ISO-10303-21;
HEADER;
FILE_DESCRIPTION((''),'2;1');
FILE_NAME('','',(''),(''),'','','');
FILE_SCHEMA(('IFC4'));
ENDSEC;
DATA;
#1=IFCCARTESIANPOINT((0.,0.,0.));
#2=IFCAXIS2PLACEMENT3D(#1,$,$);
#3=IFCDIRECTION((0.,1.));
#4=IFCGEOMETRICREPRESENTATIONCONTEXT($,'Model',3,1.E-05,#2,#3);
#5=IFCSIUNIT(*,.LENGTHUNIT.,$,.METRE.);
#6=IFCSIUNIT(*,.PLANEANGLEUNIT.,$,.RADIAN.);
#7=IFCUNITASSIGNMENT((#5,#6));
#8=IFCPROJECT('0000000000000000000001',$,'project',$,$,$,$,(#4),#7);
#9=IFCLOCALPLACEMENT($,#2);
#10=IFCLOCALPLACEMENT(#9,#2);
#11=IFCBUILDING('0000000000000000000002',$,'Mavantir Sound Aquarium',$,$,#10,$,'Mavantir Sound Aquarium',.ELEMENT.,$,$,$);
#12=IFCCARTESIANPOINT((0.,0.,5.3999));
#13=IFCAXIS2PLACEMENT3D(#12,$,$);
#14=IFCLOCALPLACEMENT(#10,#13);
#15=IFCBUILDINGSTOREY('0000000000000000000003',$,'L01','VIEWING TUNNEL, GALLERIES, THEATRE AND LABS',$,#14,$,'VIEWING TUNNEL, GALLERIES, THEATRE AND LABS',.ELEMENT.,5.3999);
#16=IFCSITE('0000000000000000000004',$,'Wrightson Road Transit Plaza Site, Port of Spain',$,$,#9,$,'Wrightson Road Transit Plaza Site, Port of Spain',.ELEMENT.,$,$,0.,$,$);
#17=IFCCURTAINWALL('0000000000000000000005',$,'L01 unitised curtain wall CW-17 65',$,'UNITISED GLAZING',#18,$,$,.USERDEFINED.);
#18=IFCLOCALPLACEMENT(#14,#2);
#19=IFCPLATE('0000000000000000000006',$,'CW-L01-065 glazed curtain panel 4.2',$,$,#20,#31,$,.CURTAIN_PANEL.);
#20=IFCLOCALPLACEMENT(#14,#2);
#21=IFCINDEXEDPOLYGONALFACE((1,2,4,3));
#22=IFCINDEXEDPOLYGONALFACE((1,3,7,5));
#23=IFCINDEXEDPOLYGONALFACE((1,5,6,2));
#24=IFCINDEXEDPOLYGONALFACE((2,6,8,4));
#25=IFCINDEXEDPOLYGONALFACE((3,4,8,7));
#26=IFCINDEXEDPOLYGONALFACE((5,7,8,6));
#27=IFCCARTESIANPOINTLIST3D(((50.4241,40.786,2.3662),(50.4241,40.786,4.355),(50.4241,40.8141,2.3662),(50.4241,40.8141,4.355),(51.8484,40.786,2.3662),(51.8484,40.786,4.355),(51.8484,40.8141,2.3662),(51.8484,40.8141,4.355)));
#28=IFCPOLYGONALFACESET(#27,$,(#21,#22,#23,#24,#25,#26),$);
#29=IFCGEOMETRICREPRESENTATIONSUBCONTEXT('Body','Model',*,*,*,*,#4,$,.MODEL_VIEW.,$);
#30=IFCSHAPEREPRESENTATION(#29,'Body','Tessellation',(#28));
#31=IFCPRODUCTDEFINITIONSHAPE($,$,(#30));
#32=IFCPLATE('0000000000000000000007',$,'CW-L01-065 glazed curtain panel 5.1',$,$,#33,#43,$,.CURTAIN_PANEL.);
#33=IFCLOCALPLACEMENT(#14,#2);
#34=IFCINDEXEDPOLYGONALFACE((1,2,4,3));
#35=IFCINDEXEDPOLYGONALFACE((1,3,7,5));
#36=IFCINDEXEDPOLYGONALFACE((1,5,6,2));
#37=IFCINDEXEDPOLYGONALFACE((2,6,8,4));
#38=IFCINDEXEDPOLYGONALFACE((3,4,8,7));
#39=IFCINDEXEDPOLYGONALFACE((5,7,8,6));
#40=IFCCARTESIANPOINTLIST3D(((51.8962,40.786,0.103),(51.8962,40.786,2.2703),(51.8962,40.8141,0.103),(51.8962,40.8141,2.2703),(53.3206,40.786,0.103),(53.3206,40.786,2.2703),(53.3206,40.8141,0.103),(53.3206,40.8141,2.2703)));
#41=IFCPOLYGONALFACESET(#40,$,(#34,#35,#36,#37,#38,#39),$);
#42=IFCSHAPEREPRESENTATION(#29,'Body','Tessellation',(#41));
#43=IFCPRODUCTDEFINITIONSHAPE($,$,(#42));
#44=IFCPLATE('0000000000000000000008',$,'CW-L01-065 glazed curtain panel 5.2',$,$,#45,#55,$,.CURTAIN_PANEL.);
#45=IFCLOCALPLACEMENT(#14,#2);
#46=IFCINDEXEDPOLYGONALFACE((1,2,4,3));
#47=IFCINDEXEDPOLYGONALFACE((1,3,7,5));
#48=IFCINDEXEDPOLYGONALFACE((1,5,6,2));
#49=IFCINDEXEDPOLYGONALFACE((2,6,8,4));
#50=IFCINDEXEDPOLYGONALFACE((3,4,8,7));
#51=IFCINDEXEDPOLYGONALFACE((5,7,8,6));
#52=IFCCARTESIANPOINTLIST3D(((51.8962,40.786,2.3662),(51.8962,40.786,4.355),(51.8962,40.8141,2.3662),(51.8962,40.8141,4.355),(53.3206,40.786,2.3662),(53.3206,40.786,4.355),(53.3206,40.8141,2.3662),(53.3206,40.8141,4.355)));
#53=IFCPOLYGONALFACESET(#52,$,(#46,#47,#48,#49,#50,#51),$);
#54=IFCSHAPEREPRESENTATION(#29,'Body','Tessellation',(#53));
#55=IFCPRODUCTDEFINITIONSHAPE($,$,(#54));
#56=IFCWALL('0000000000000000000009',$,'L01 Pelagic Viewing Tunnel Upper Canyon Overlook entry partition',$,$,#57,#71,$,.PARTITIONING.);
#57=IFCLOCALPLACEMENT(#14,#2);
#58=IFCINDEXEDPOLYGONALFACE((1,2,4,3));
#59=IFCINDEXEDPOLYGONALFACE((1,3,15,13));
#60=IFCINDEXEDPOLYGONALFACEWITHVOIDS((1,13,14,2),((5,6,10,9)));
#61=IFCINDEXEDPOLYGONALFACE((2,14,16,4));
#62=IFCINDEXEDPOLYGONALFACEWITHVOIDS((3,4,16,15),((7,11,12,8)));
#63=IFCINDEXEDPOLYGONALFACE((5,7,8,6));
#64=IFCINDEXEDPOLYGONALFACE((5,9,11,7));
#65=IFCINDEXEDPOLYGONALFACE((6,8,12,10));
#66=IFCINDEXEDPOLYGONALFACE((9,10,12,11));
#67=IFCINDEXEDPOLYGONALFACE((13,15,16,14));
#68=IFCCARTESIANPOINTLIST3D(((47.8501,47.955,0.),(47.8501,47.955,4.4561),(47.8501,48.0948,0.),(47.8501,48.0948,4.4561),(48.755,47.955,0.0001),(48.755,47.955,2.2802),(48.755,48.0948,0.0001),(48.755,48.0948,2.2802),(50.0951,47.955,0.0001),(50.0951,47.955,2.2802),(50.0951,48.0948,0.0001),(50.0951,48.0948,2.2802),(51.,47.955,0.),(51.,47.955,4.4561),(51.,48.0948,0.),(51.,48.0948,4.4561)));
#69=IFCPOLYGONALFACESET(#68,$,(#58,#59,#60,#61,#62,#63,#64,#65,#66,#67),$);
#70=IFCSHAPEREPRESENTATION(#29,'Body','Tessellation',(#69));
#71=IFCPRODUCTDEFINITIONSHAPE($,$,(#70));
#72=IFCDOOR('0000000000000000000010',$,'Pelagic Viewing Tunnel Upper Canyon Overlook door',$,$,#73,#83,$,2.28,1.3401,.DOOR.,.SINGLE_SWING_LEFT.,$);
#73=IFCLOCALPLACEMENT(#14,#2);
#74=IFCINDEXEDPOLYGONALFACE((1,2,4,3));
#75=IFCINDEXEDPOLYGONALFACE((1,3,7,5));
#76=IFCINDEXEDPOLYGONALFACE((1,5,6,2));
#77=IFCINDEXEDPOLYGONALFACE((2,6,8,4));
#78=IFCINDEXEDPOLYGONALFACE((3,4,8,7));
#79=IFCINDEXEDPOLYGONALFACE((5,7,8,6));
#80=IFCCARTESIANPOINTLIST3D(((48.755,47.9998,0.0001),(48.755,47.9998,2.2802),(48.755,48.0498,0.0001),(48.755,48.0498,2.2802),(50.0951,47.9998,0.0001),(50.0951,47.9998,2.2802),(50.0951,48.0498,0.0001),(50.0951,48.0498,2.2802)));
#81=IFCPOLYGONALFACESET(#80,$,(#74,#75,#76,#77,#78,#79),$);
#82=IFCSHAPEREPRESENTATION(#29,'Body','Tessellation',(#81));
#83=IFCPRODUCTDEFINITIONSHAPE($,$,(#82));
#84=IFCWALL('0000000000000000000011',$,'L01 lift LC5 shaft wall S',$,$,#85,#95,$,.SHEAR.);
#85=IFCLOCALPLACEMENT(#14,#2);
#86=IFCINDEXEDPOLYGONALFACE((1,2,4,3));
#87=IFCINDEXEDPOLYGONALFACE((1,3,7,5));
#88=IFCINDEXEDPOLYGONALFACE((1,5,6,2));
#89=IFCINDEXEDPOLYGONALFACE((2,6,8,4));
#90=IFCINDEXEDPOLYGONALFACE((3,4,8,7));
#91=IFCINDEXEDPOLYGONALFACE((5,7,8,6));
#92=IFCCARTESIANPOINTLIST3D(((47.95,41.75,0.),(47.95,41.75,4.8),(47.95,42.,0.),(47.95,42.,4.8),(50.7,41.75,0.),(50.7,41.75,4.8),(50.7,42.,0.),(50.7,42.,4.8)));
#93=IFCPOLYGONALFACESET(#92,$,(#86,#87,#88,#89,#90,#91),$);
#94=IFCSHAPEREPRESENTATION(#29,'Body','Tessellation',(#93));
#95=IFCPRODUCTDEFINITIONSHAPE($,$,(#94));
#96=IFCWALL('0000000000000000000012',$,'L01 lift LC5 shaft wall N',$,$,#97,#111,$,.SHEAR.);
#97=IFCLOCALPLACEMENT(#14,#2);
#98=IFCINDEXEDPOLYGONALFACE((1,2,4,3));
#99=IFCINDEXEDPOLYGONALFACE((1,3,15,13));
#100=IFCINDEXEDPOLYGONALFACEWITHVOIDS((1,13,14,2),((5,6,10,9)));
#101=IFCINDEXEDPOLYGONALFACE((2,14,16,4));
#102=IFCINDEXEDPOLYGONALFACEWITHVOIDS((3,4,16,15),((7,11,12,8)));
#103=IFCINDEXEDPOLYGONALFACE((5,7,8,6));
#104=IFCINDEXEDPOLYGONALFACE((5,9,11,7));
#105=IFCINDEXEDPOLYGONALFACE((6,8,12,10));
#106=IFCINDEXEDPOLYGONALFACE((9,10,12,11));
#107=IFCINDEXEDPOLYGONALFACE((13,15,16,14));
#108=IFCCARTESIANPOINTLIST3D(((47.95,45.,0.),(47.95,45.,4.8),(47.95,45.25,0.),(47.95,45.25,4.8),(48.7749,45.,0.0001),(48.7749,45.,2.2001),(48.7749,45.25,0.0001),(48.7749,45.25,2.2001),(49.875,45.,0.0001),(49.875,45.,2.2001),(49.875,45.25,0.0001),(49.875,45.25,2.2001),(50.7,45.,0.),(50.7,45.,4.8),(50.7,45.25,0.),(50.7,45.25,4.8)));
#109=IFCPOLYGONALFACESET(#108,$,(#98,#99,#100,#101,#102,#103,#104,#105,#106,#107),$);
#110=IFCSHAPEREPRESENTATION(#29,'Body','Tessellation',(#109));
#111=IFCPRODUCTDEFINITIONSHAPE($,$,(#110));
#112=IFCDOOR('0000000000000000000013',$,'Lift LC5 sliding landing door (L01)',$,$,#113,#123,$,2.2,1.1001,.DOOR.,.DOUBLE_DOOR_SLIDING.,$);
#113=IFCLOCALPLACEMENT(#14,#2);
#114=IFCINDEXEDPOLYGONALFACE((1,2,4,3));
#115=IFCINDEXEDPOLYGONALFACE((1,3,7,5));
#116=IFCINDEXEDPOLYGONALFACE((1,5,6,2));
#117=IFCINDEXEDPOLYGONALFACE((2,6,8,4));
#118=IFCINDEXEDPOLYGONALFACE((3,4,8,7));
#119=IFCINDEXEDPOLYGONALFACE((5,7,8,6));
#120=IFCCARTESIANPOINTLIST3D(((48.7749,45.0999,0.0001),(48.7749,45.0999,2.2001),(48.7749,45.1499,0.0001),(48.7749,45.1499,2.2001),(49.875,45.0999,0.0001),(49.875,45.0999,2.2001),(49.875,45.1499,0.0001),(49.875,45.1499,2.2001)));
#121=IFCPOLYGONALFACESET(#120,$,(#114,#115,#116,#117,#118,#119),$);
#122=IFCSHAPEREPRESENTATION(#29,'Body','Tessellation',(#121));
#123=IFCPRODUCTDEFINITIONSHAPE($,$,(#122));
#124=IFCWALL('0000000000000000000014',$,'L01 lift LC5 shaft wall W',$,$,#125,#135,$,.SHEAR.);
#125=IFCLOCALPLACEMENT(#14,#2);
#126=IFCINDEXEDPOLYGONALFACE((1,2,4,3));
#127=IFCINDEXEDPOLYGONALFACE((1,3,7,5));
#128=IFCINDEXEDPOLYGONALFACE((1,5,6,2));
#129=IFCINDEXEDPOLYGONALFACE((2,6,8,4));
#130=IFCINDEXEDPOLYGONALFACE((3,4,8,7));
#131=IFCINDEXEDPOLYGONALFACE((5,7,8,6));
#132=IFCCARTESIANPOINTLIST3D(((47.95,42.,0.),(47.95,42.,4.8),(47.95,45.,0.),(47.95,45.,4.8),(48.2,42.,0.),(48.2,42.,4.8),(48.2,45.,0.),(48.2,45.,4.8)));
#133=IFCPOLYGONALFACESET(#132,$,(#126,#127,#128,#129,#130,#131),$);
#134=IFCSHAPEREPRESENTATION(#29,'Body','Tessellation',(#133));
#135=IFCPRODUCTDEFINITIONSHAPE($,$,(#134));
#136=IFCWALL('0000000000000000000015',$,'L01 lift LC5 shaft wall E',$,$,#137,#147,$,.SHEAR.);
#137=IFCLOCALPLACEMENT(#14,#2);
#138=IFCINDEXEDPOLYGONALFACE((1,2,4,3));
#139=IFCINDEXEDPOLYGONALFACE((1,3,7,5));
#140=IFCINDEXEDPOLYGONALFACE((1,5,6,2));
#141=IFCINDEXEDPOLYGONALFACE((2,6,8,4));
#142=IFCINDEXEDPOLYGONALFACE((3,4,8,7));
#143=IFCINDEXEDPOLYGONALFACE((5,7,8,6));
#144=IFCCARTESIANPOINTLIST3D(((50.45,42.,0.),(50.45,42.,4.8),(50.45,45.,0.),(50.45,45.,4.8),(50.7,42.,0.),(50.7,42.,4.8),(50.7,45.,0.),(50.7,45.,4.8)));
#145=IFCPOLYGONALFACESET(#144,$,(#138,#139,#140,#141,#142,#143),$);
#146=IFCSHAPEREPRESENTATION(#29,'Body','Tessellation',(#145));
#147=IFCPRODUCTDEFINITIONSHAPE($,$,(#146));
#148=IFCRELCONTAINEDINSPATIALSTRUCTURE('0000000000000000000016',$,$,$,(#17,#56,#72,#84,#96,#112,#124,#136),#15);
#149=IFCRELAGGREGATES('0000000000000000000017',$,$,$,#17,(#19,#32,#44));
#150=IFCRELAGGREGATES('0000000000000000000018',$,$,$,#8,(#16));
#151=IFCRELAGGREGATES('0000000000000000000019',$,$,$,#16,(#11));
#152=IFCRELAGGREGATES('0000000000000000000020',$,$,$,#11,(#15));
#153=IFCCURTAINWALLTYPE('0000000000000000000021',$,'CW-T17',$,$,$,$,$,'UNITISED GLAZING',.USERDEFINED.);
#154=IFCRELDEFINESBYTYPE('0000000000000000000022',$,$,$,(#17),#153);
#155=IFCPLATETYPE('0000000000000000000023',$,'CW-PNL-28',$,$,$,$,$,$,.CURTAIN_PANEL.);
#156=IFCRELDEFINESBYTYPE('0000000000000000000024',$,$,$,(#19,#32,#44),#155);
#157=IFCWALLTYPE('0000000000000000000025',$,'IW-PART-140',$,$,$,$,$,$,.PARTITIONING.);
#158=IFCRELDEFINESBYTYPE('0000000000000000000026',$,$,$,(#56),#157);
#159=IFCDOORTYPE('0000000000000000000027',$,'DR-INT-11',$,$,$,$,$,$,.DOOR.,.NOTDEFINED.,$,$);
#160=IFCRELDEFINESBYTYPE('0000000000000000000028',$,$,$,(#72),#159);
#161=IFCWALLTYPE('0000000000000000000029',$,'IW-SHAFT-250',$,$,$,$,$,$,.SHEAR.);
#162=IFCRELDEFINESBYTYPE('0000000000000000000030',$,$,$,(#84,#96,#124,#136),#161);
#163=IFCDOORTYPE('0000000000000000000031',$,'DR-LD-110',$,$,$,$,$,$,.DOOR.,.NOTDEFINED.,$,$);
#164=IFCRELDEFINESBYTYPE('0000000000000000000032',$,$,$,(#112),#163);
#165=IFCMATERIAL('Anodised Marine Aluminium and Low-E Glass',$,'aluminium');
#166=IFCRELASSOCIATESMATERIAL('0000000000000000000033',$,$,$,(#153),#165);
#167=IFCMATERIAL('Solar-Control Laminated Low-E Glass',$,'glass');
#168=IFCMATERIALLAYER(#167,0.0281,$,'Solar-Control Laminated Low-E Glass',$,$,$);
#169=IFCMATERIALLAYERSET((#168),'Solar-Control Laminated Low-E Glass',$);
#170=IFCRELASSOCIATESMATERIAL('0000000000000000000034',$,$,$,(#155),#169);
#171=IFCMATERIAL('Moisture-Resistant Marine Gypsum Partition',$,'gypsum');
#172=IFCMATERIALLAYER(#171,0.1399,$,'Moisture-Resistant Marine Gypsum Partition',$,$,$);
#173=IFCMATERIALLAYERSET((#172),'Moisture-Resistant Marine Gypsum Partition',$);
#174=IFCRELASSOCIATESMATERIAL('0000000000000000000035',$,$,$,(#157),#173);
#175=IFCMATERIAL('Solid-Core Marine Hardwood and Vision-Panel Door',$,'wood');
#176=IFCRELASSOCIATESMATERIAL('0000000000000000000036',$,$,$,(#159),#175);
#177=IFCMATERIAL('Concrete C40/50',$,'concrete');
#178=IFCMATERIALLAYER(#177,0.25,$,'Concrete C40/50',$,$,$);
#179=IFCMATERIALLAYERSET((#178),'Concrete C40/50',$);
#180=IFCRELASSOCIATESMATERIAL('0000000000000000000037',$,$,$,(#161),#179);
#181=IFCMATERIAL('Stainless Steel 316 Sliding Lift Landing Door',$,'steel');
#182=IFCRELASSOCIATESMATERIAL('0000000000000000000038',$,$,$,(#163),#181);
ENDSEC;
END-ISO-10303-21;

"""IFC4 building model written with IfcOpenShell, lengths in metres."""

from ifc_helpers import new_model, si_unit, direction, frame, frame_2d, origin, origin_2d, place, context, subcontext, project, spatial, rectangle, extrude, material, layer, layer_set, type_object, element, fill, aggregate, save


model = new_model("IFC4")

# Units and contexts
model_context = context("Model", 3, precision=1e-05, world=origin(), true_north=direction((0.0, 1.0)))
body_context = subcontext(model_context, "Body", "Model", "MODEL_VIEW")
ifc_project = project(units=[si_unit("LENGTHUNIT", "METRE"), si_unit("PLANEANGLEUNIT", "RADIAN")], contexts=[model_context])

# Site, building, storey
site_placement = place(None, origin())
site = spatial("IfcSite", under=ifc_project, at=site_placement, Name="Wrightson Road Transit Plaza Site, Port of Spain", LongName="Wrightson Road Transit Plaza Site, Port of Spain", CompositionType="ELEMENT", RefElevation=0.0)
building_placement = place(site_placement, origin())
building = spatial("IfcBuilding", under=site, at=building_placement, Name="Mavantir Sound Aquarium", LongName="Mavantir Sound Aquarium", CompositionType="ELEMENT")
storey_placement = place(building_placement, frame((0.0, 0.0, 5.3999)))
storey = spatial("IfcBuildingStorey", under=building, at=storey_placement, Name="L01", Description="VIEWING TUNNEL, GALLERIES, THEATRE AND LABS", LongName="VIEWING TUNNEL, GALLERIES, THEATRE AND LABS", CompositionType="ELEMENT", Elevation=5.3999)

# Curtain wall, plates
ifc_material_1 = material(Name="Anodised Marine Aluminium and Low-E Glass", Category="aluminium")
curtain_wall_type = type_object("IfcCurtainWallType", Name="CW-T17", ElementType="UNITISED GLAZING", PredefinedType="USERDEFINED", material=ifc_material_1)
curtain_wall_placement = place(storey_placement, origin())
curtain_wall = element("IfcCurtainWall", 1, at=curtain_wall_placement, inside=storey, type_object=curtain_wall_type, Name="L01 unitised curtain wall CW-17 65", ObjectType="UNITISED GLAZING", PredefinedType="USERDEFINED")
ifc_material_2 = material(Name="Solar-Control Laminated Low-E Glass", Category="glass")
ifc_layer_1 = layer(ifc_material_2, 0.0281, Name="Solar-Control Laminated Low-E Glass")
ifc_layer_set_1 = layer_set([ifc_layer_1], Name="Solar-Control Laminated Low-E Glass")
plate_type = type_object("IfcPlateType", Name="CW-PNL-28", PredefinedType="CURTAIN_PANEL", material=ifc_layer_set_1)
plate_1_placement = place(storey_placement, frame((51.1362, 40.8, 2.3662), z_axis=(0.0, 0.0, 1.0), x_axis=(1.0, 0.0, 0.0)))
plate_1 = element("IfcPlate", 2, at=plate_1_placement, type_object=plate_type, Name="CW-L01-065 glazed curtain panel 4.2", PredefinedType="CURTAIN_PANEL", context=body_context, shape_type="SweptSolid", body=[
    extrude(rectangle(XDim=1.4243, YDim=0.0281, at=origin_2d()), origin(), (0.0, 0.0, 1.0), 1.9888),
])
plate_2_placement = place(storey_placement, frame((52.6084, 40.8, 0.103), z_axis=(0.0, 0.0, 1.0), x_axis=(1.0, 0.0, 0.0)))
plate_2 = element("IfcPlate", 3, at=plate_2_placement, type_object=plate_type, Name="CW-L01-065 glazed curtain panel 5.1", PredefinedType="CURTAIN_PANEL", context=body_context, shape_type="SweptSolid", body=[
    extrude(rectangle(XDim=1.4243, YDim=0.0281, at=origin_2d()), origin(), (0.0, 0.0, 1.0), 2.1672),
])
plate_3_placement = place(storey_placement, frame((52.6084, 40.8, 2.3662), z_axis=(0.0, 0.0, 1.0), x_axis=(1.0, 0.0, 0.0)))
plate_3 = element("IfcPlate", 4, at=plate_3_placement, type_object=plate_type, Name="CW-L01-065 glazed curtain panel 5.2", PredefinedType="CURTAIN_PANEL", context=body_context, shape_type="SweptSolid", body=[
    extrude(rectangle(XDim=1.4243, YDim=0.0281, at=origin_2d()), origin(), (0.0, 0.0, 1.0), 1.9888),
])
aggregate(curtain_wall, [plate_1, plate_2, plate_3])

# Wall, opening, door
ifc_material_3 = material(Name="Moisture-Resistant Marine Gypsum Partition", Category="gypsum")
ifc_layer_2 = layer(ifc_material_3, 0.1399, Name="Moisture-Resistant Marine Gypsum Partition")
ifc_layer_set_2 = layer_set([ifc_layer_2], Name="Moisture-Resistant Marine Gypsum Partition")
wall_type_1 = type_object("IfcWallType", Name="IW-PART-140", PredefinedType="PARTITIONING", material=ifc_layer_set_2)
wall_1_placement = place(storey_placement, frame((47.8501, 48.0249, 0.0), z_axis=(0.0, 0.0, 1.0), x_axis=(1.0, 0.0, 0.0)))
wall_1 = element("IfcWall", 5, at=wall_1_placement, inside=storey, type_object=wall_type_1, Name="L01 Pelagic Viewing Tunnel Upper Canyon Overlook entry partition", PredefinedType="PARTITIONING", context=body_context, shape_type="SweptSolid", body=[
    extrude(rectangle(XDim=3.1499, YDim=0.1399, at=frame_2d((1.575, 0.0))), origin(), (0.0, 0.0, 1.0), 4.4561),
])
opening_1_placement = place(wall_1_placement, frame((0.905, 0.0, 0.0)))
opening_1 = element("IfcOpeningElement", 6, at=opening_1_placement, cuts=wall_1, PredefinedType="OPENING", context=body_context, shape_type="SweptSolid", body=[
    extrude(rectangle(XDim=1.3401, YDim=2.28, at=frame_2d((0.6699, 1.1401))), frame((0.0, 0.0801, 0.0), z_axis=(0.0, -1.0, 0.0), x_axis=(1.0, 0.0, 0.0)), (0.0, 0.0, 1.0), 0.1599),
])
ifc_material_4 = material(Name="Solid-Core Marine Hardwood and Vision-Panel Door", Category="wood")
door_type_1 = type_object("IfcDoorType", Name="DR-INT-11", OperationType="NOTDEFINED", PredefinedType="DOOR", material=ifc_material_4)
door_1_placement = place(opening_1_placement, origin())
door_1 = element("IfcDoor", 7, at=door_1_placement, inside=storey, type_object=door_type_1, Name="Pelagic Viewing Tunnel Upper Canyon Overlook door", OperationType="SINGLE_SWING_LEFT", OverallHeight=2.28, OverallWidth=1.3401, PredefinedType="DOOR", context=body_context, shape_type="SweptSolid", body=[
    extrude(rectangle(XDim=1.3401, YDim=2.28, at=frame_2d((0.6699, 1.1401))), frame((0.0, 0.0249, 0.0), z_axis=(0.0, -1.0, 0.0), x_axis=(1.0, 0.0, 0.0)), (0.0, 0.0, 1.0), 0.05),
])
fill(opening_1, door_1)

# Wall
ifc_material_5 = material(Name="Concrete C40/50", Category="concrete")
ifc_layer_3 = layer(ifc_material_5, 0.25, Name="Concrete C40/50")
ifc_layer_set_3 = layer_set([ifc_layer_3], Name="Concrete C40/50")
wall_type_2 = type_object("IfcWallType", Name="IW-SHAFT-250", PredefinedType="SHEAR", material=ifc_layer_set_3)
wall_2_placement = place(storey_placement, frame((47.95, 41.875, 0.0), z_axis=(0.0, 0.0, 1.0), x_axis=(1.0, 0.0, 0.0)))
element("IfcWall", 8, at=wall_2_placement, inside=storey, type_object=wall_type_2, Name="L01 lift LC5 shaft wall S", PredefinedType="SHEAR", context=body_context, shape_type="SweptSolid", body=[
    extrude(rectangle(XDim=2.75, YDim=0.25, at=frame_2d((1.375, 0.0))), origin(), (0.0, 0.0, 1.0), 4.8),
])

# Wall, opening, door
wall_3_placement = place(storey_placement, frame((47.95, 45.125, 0.0), z_axis=(0.0, 0.0, 1.0), x_axis=(1.0, 0.0, 0.0)))
wall_3 = element("IfcWall", 9, at=wall_3_placement, inside=storey, type_object=wall_type_2, Name="L01 lift LC5 shaft wall N", PredefinedType="SHEAR", context=body_context, shape_type="SweptSolid", body=[
    extrude(rectangle(XDim=2.75, YDim=0.25, at=frame_2d((1.375, 0.0))), origin(), (0.0, 0.0, 1.0), 4.8),
])
opening_2_placement = place(wall_3_placement, frame((0.825, 0.0, 0.0)))
opening_2 = element("IfcOpeningElement", 10, at=opening_2_placement, cuts=wall_3, PredefinedType="OPENING", context=body_context, shape_type="SweptSolid", body=[
    extrude(rectangle(XDim=1.1001, YDim=2.2, at=frame_2d((0.55, 1.1001))), frame((0.0, 0.135, 0.0), z_axis=(0.0, -1.0, 0.0), x_axis=(1.0, 0.0, 0.0)), (0.0, 0.0, 1.0), 0.27),
])
ifc_material_6 = material(Name="Stainless Steel 316 Sliding Lift Landing Door", Category="steel")
door_type_2 = type_object("IfcDoorType", Name="DR-LD-110", OperationType="NOTDEFINED", PredefinedType="DOOR", material=ifc_material_6)
door_2_placement = place(opening_2_placement, origin())
door_2 = element("IfcDoor", 11, at=door_2_placement, inside=storey, type_object=door_type_2, Name="Lift LC5 sliding landing door (L01)", OperationType="DOUBLE_DOOR_SLIDING", OverallHeight=2.2, OverallWidth=1.1001, PredefinedType="DOOR", context=body_context, shape_type="SweptSolid", body=[
    extrude(rectangle(XDim=1.1001, YDim=2.2, at=frame_2d((0.55, 1.1001))), frame((0.0, 0.0249, 0.0), z_axis=(0.0, -1.0, 0.0), x_axis=(1.0, 0.0, 0.0)), (0.0, 0.0, 1.0), 0.05),
])
fill(opening_2, door_2)

# Walls
for number, where, z_axis, x_axis, name in (
    (12, (48.075, 42.0, 0.0), (0.0, 0.0, 1.0), (0.0, 1.0, 0.0), "L01 lift LC5 shaft wall W"),
    (13, (50.575, 42.0, 0.0), (0.0, 0.0, 1.0), (0.0, 1.0, 0.0), "L01 lift LC5 shaft wall E"),
):
    element("IfcWall", number, at=place(storey_placement, frame(where, z_axis=z_axis, x_axis=x_axis)), inside=storey, type_object=wall_type_2, Name=name, PredefinedType="SHEAR", context=body_context, shape_type="SweptSolid", body=[
        extrude(rectangle(XDim=3.0, YDim=0.25, at=frame_2d((1.5, 0.0))), origin(), (0.0, 0.0, 1.0), 4.8),
    ])

save(model, "model.ifc")
